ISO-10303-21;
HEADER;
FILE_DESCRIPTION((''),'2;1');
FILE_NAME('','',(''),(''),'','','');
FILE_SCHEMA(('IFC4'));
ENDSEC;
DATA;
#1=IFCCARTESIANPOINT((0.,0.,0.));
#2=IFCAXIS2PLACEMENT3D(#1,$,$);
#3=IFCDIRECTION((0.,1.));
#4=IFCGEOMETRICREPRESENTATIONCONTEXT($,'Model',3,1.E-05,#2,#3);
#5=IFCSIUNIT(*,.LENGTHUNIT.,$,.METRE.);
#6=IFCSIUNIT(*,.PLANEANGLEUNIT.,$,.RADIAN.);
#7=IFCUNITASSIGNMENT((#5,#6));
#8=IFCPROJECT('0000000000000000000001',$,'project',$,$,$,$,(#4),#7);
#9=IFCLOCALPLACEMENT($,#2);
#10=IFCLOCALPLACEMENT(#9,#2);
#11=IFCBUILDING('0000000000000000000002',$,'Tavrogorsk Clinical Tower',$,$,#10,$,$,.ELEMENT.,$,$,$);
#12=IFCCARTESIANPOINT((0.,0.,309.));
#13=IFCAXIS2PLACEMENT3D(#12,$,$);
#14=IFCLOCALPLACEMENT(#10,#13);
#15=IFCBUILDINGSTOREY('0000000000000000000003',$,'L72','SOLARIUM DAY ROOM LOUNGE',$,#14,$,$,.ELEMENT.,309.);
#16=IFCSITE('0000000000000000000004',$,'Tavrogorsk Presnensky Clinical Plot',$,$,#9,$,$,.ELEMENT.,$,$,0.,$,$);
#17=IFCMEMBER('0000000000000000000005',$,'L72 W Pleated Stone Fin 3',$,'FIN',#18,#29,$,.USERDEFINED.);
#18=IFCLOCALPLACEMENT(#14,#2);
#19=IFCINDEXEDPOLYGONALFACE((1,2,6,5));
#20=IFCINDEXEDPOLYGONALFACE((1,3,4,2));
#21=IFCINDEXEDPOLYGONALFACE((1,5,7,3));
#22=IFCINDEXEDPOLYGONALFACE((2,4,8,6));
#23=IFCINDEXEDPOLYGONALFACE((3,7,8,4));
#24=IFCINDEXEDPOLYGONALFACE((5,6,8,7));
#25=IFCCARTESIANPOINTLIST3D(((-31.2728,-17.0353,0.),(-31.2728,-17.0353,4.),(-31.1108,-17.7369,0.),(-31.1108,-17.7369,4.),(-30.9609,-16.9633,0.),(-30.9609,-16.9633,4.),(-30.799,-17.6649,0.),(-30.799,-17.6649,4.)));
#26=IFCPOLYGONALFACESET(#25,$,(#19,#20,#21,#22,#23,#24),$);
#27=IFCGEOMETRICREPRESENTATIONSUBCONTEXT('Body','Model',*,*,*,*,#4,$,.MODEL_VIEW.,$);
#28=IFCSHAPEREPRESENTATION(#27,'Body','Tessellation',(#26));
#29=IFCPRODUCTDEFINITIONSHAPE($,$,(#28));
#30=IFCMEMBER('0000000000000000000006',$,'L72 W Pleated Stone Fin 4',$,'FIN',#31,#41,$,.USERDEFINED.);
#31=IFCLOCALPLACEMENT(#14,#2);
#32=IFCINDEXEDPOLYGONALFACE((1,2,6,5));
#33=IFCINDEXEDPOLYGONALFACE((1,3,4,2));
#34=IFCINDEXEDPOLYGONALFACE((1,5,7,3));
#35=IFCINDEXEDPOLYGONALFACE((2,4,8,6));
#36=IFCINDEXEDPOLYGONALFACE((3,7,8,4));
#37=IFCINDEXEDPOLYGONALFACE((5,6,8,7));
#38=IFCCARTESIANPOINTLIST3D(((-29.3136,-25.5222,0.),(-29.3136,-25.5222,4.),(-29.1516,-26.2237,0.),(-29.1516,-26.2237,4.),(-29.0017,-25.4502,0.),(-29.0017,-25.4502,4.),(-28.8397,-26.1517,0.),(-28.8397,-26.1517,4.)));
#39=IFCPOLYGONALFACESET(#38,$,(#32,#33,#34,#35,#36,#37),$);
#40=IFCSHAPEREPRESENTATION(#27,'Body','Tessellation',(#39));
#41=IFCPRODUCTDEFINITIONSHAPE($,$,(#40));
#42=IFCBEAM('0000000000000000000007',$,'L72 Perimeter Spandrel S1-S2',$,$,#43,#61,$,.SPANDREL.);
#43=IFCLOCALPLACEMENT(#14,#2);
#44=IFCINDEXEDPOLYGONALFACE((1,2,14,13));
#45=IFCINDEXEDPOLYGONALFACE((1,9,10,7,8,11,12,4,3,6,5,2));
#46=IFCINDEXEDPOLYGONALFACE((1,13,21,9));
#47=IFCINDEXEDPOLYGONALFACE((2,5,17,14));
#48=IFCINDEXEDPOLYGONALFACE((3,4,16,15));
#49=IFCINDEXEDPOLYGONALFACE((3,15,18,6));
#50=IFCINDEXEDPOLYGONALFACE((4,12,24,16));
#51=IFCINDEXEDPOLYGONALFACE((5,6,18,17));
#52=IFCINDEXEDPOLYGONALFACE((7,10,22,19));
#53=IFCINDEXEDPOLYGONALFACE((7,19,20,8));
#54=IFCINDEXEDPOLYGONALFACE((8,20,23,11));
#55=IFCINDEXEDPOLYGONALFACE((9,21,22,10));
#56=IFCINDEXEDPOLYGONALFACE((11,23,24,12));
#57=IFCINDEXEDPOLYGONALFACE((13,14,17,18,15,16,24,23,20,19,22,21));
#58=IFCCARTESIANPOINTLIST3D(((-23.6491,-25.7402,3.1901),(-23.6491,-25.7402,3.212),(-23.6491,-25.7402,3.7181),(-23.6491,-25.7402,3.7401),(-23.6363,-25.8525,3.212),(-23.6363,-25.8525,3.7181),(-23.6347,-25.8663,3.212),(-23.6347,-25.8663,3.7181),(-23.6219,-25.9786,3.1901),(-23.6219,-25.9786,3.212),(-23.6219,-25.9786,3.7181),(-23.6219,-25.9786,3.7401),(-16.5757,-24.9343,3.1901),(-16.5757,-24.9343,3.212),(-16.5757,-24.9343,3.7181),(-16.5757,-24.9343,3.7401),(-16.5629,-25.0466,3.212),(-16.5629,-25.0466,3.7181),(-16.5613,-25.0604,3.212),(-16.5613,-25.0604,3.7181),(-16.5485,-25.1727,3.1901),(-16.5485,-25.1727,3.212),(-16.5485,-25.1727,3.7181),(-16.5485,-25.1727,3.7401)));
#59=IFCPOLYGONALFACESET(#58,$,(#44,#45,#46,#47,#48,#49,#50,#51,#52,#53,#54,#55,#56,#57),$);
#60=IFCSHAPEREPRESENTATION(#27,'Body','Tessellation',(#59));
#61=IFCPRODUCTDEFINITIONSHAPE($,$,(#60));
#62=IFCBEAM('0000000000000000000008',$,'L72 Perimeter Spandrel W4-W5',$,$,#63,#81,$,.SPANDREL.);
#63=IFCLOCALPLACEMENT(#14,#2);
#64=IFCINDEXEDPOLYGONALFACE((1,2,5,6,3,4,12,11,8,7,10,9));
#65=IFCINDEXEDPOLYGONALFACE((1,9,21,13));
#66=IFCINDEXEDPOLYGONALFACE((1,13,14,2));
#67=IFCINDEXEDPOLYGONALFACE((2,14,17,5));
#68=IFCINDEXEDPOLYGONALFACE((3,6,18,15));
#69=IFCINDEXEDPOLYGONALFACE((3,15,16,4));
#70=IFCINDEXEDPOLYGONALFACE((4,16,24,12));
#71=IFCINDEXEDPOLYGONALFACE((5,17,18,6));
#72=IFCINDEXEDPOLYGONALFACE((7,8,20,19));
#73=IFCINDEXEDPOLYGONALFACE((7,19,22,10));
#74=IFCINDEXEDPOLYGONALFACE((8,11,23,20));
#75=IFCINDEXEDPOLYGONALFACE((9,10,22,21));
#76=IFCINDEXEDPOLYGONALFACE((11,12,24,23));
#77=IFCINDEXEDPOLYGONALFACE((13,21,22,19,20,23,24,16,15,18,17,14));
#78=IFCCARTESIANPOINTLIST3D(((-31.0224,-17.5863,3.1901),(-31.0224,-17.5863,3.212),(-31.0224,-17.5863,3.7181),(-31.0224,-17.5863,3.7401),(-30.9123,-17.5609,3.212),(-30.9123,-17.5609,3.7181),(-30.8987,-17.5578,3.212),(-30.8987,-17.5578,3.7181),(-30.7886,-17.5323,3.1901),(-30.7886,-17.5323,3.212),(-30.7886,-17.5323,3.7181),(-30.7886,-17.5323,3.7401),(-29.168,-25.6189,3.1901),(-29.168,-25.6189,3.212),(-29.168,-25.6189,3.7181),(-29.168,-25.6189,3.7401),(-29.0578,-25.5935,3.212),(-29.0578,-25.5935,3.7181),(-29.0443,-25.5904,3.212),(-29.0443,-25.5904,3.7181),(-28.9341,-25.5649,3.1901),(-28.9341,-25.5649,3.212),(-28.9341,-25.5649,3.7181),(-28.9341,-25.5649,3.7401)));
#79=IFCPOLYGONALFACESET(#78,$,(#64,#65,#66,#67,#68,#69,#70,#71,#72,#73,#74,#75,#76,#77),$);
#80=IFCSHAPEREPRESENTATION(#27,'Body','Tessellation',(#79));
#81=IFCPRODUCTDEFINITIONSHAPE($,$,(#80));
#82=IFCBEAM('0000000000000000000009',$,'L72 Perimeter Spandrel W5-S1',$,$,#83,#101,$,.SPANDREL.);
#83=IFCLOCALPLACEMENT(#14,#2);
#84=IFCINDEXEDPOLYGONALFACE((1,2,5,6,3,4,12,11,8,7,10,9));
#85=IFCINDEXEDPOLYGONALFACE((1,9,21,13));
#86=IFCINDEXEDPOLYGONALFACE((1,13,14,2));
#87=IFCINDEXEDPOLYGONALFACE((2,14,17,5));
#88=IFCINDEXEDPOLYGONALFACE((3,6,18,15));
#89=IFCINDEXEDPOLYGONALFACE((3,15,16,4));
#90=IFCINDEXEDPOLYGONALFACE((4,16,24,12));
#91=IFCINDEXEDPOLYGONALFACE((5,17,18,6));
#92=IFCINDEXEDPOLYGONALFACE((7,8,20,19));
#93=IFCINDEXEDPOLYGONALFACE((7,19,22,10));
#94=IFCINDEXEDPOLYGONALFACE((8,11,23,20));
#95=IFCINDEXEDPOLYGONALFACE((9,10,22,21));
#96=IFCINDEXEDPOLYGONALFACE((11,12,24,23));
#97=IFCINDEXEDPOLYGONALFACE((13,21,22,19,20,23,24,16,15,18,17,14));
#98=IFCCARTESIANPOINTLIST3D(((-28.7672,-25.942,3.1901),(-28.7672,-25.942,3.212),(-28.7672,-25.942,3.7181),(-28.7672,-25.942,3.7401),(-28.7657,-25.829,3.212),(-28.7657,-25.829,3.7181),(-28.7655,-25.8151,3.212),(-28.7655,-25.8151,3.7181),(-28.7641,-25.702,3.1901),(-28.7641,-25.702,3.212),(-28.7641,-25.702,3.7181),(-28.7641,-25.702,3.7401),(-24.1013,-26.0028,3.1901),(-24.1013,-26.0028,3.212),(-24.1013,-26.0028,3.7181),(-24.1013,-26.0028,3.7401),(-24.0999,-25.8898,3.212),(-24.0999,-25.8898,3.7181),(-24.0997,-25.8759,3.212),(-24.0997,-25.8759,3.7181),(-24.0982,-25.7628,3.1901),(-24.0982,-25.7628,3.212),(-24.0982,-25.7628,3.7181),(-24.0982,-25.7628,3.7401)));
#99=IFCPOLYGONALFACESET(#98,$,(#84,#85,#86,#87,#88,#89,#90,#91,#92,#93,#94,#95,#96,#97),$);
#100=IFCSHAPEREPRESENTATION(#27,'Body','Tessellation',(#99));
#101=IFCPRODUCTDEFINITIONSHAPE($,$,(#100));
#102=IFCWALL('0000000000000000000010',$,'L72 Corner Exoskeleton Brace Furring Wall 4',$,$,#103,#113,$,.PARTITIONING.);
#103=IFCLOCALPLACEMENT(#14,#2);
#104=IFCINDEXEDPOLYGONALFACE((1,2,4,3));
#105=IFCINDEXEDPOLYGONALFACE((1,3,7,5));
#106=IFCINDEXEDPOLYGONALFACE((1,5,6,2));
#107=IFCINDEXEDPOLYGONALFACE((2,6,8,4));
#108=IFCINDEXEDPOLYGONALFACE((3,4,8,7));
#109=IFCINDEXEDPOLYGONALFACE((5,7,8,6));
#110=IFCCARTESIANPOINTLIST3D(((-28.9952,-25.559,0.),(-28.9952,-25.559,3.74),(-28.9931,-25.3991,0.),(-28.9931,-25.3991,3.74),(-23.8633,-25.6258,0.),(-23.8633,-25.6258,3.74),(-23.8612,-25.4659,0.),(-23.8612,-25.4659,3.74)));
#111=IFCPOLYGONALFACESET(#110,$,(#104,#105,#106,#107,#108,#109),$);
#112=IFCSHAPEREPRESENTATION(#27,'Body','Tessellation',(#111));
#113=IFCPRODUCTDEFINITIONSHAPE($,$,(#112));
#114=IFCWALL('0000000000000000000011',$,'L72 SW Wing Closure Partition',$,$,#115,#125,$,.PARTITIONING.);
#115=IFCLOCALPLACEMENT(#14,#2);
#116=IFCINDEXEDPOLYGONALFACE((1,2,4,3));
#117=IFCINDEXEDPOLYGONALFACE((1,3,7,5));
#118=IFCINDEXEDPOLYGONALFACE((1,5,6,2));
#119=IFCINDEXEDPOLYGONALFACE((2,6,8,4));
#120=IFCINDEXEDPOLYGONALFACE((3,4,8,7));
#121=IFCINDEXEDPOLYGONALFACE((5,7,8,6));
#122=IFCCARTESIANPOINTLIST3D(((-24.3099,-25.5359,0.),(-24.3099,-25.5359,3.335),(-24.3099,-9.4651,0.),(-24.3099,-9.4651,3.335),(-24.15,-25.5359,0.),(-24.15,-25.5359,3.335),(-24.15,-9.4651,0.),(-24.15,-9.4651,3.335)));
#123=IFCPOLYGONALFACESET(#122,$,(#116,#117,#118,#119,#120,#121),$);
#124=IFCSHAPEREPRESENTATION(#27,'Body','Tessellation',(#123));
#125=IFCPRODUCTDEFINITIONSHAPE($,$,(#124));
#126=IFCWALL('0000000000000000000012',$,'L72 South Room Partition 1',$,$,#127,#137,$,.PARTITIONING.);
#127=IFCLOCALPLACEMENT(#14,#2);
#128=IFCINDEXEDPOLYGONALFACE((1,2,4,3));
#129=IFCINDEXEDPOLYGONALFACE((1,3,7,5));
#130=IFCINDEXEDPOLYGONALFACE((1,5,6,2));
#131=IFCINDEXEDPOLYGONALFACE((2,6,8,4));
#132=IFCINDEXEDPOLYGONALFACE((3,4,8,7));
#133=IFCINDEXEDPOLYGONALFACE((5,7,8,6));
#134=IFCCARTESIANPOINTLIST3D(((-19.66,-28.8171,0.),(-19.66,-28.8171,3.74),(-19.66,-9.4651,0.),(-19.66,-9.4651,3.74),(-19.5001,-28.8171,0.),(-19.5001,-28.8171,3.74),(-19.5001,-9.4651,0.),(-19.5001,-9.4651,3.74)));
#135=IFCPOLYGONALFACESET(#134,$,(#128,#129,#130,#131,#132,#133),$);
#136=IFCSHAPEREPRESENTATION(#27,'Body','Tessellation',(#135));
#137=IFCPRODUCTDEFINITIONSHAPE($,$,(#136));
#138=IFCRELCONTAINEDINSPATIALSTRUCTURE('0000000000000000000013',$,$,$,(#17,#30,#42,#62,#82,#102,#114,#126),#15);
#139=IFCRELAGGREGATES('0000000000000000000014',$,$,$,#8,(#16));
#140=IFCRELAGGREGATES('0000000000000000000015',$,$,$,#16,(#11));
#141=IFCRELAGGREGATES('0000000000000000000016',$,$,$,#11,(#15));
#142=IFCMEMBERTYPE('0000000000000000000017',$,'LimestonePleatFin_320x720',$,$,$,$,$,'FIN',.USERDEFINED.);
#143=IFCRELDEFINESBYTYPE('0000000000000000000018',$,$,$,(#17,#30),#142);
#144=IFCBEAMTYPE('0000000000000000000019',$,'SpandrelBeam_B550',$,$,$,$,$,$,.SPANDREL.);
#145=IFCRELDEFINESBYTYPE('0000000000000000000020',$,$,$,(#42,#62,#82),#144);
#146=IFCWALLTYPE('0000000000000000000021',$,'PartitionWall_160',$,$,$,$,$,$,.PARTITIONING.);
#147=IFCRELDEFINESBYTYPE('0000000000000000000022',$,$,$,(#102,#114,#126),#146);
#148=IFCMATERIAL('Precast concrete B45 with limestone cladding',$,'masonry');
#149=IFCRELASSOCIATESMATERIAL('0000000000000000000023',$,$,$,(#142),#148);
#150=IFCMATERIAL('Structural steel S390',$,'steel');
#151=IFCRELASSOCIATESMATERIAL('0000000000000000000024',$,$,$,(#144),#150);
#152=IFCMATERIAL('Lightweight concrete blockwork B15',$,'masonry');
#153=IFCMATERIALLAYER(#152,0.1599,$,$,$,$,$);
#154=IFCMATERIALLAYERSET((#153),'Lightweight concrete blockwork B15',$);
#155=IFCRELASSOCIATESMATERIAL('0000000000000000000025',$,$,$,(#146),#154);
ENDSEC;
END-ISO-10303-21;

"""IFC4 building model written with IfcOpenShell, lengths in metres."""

from ifc_helpers import new_model, si_unit, direction, frame, frame_2d, origin, origin_2d, place, context, subcontext, project, spatial, rectangle, i_section, extrude, material, layer, layer_set, material_profile, profile_set, type_object, element, save


model = new_model("IFC4")

# Units and contexts
model_context = context("Model", 3, precision=1e-05, world=origin(), true_north=direction((0.0, 1.0)))
body_context = subcontext(model_context, "Body", "Model", "MODEL_VIEW")
ifc_project = project(units=[si_unit("LENGTHUNIT", "METRE"), si_unit("PLANEANGLEUNIT", "RADIAN")], contexts=[model_context])

# Site, building, storey
site_placement = place(None, origin())
site = spatial("IfcSite", under=ifc_project, at=site_placement, Name="Tavrogorsk Presnensky Clinical Plot", CompositionType="ELEMENT", RefElevation=0.0)
building_placement = place(site_placement, origin())
building = spatial("IfcBuilding", under=site, at=building_placement, Name="Tavrogorsk Clinical Tower", CompositionType="ELEMENT")
storey_placement = place(building_placement, frame((0.0, 0.0, 309.0)))
storey = spatial("IfcBuildingStorey", under=building, at=storey_placement, Name="L72", Description="SOLARIUM DAY ROOM LOUNGE", CompositionType="ELEMENT", Elevation=309.0)

# Members
ifc_material_1 = material(Name="Precast concrete B45 with limestone cladding", Category="masonry")
ifc_material_profile_1 = material_profile(ifc_material_1, rectangle(XDim=0.3201, YDim=0.72, at=origin_2d()), Name="LIMESTONE-FIN-320x720")
ifc_profile_set_1 = profile_set([ifc_material_profile_1], Name="Precast concrete B45 with limestone cladding")
member_type_1 = type_object("IfcMemberType", Name="LimestonePleatFin_320x720", ElementType="FIN", PredefinedType="USERDEFINED", material=ifc_profile_set_1)
for number, where, z_axis, x_axis, name in (
    (1, (-31.0359, -17.3501, 0.0), (0.0, 0.0, 1.0), (0.97437, 0.224951, 0.0), "L72 W Pleated Stone Fin 3"),
    (2, (-29.0767, -25.8369, 0.0), (0.0, 0.0, 1.0), (0.97437, 0.224951, 0.0), "L72 W Pleated Stone Fin 4"),
):
    element("IfcMember", number, at=place(storey_placement, frame(where, z_axis=z_axis, x_axis=x_axis)), inside=storey, type_object=member_type_1, Name=name, ObjectType="FIN", PredefinedType="USERDEFINED", context=body_context, shape_type="SweptSolid", body=[
        extrude(rectangle(XDim=0.3201, YDim=0.72, at=origin_2d()), origin(), (0.0, 0.0, 1.0), 4.0),
    ])

# Beams
ifc_material_2 = material(Name="Structural steel S390", Category="steel")
ifc_material_profile_2 = material_profile(ifc_material_2, i_section(OverallWidth=0.24, OverallDepth=0.55, WebThickness=0.0139, FlangeThickness=0.022, at=origin_2d()), Name="B-550x240x14x22")
ifc_profile_set_2 = profile_set([ifc_material_profile_2], Name="Structural steel S390")
beam_type_1 = type_object("IfcBeamType", Name="SpandrelBeam_B550", PredefinedType="SPANDREL", material=ifc_profile_set_2)
beam_1_placement = place(storey_placement, frame((-23.6355, -25.8594, 3.4651), z_axis=(0.993572, 0.113201, 0.0), x_axis=(-0.113201, 0.993572, 0.0)))
element("IfcBeam", 3, at=beam_1_placement, inside=storey, type_object=beam_type_1, Name="L72 Perimeter Spandrel S1-S2", PredefinedType="SPANDREL", context=body_context, shape_type="SweptSolid", body=[
    extrude(i_section(OverallWidth=0.24, OverallDepth=0.55, WebThickness=0.0139, FlangeThickness=0.022, at=origin_2d()), origin(), (0.0, 0.0, 1.0), 7.1191),
])
beam_2_placement = place(storey_placement, frame((-30.9055, -17.5593, 3.4651), z_axis=(0.22495, -0.97437, 0.0), x_axis=(0.97437, 0.22495, 0.0)))
element("IfcBeam", 4, at=beam_2_placement, inside=storey, type_object=beam_type_1, Name="L72 Perimeter Spandrel W4-W5", PredefinedType="SPANDREL", context=body_context, shape_type="SweptSolid", body=[
    extrude(i_section(OverallWidth=0.24, OverallDepth=0.55, WebThickness=0.0139, FlangeThickness=0.022, at=origin_2d()), origin(), (0.0, 0.0, 1.0), 8.2439),
])
beam_3_placement = place(storey_placement, frame((-28.7656, -25.822, 3.4651), z_axis=(0.999915, -0.013028, 0.0), x_axis=(0.013028, 0.999915, 0.0)))
element("IfcBeam", 5, at=beam_3_placement, inside=storey, type_object=beam_type_1, Name="L72 Perimeter Spandrel W5-S1", PredefinedType="SPANDREL", context=body_context, shape_type="SweptSolid", body=[
    extrude(i_section(OverallWidth=0.24, OverallDepth=0.55, WebThickness=0.0139, FlangeThickness=0.022, at=origin_2d()), origin(), (0.0, 0.0, 1.0), 4.6663),
])

# Walls
ifc_material_3 = material(Name="Lightweight concrete blockwork B15", Category="masonry")
ifc_layer_1 = layer(ifc_material_3, 0.1599)
ifc_layer_set_1 = layer_set([ifc_layer_1], Name="Lightweight concrete blockwork B15")
wall_type_1 = type_object("IfcWallType", Name="PartitionWall_160", PredefinedType="PARTITIONING", material=ifc_layer_set_1)
wall_1_placement = place(storey_placement, frame((-28.9941, -25.479, 0.0), z_axis=(0.0, 0.0, 1.0), x_axis=(0.999915, -0.013034, 0.0)))
element("IfcWall", 6, at=wall_1_placement, inside=storey, type_object=wall_type_1, Name="L72 Corner Exoskeleton Brace Furring Wall 4", PredefinedType="PARTITIONING", context=body_context, shape_type="SweptSolid", body=[
    extrude(rectangle(XDim=5.1323, YDim=0.1599, at=frame_2d((2.5662, 0.0))), origin(), (0.0, 0.0, 1.0), 3.74),
])
wall_2_placement = place(storey_placement, frame((-24.23, -25.5359, 0.0), z_axis=(0.0, 0.0, 1.0), x_axis=(0.0, 1.0, 0.0)))
element("IfcWall", 7, at=wall_2_placement, inside=storey, type_object=wall_type_1, Name="L72 SW Wing Closure Partition", PredefinedType="PARTITIONING", context=body_context, shape_type="SweptSolid", body=[
    extrude(rectangle(XDim=16.0708, YDim=0.1599, at=frame_2d((8.0354, 0.0))), origin(), (0.0, 0.0, 1.0), 3.335),
])
wall_3_placement = place(storey_placement, frame((-19.5801, -28.8171, 0.0), z_axis=(0.0, 0.0, 1.0), x_axis=(0.0, 1.0, 0.0)))
element("IfcWall", 8, at=wall_3_placement, inside=storey, type_object=wall_type_1, Name="L72 South Room Partition 1", PredefinedType="PARTITIONING", context=body_context, shape_type="SweptSolid", body=[
    extrude(rectangle(XDim=19.3521, YDim=0.1599, at=frame_2d((9.676, 0.0))), origin(), (0.0, 0.0, 1.0), 3.74),
])

save(model, "model.ifc")
